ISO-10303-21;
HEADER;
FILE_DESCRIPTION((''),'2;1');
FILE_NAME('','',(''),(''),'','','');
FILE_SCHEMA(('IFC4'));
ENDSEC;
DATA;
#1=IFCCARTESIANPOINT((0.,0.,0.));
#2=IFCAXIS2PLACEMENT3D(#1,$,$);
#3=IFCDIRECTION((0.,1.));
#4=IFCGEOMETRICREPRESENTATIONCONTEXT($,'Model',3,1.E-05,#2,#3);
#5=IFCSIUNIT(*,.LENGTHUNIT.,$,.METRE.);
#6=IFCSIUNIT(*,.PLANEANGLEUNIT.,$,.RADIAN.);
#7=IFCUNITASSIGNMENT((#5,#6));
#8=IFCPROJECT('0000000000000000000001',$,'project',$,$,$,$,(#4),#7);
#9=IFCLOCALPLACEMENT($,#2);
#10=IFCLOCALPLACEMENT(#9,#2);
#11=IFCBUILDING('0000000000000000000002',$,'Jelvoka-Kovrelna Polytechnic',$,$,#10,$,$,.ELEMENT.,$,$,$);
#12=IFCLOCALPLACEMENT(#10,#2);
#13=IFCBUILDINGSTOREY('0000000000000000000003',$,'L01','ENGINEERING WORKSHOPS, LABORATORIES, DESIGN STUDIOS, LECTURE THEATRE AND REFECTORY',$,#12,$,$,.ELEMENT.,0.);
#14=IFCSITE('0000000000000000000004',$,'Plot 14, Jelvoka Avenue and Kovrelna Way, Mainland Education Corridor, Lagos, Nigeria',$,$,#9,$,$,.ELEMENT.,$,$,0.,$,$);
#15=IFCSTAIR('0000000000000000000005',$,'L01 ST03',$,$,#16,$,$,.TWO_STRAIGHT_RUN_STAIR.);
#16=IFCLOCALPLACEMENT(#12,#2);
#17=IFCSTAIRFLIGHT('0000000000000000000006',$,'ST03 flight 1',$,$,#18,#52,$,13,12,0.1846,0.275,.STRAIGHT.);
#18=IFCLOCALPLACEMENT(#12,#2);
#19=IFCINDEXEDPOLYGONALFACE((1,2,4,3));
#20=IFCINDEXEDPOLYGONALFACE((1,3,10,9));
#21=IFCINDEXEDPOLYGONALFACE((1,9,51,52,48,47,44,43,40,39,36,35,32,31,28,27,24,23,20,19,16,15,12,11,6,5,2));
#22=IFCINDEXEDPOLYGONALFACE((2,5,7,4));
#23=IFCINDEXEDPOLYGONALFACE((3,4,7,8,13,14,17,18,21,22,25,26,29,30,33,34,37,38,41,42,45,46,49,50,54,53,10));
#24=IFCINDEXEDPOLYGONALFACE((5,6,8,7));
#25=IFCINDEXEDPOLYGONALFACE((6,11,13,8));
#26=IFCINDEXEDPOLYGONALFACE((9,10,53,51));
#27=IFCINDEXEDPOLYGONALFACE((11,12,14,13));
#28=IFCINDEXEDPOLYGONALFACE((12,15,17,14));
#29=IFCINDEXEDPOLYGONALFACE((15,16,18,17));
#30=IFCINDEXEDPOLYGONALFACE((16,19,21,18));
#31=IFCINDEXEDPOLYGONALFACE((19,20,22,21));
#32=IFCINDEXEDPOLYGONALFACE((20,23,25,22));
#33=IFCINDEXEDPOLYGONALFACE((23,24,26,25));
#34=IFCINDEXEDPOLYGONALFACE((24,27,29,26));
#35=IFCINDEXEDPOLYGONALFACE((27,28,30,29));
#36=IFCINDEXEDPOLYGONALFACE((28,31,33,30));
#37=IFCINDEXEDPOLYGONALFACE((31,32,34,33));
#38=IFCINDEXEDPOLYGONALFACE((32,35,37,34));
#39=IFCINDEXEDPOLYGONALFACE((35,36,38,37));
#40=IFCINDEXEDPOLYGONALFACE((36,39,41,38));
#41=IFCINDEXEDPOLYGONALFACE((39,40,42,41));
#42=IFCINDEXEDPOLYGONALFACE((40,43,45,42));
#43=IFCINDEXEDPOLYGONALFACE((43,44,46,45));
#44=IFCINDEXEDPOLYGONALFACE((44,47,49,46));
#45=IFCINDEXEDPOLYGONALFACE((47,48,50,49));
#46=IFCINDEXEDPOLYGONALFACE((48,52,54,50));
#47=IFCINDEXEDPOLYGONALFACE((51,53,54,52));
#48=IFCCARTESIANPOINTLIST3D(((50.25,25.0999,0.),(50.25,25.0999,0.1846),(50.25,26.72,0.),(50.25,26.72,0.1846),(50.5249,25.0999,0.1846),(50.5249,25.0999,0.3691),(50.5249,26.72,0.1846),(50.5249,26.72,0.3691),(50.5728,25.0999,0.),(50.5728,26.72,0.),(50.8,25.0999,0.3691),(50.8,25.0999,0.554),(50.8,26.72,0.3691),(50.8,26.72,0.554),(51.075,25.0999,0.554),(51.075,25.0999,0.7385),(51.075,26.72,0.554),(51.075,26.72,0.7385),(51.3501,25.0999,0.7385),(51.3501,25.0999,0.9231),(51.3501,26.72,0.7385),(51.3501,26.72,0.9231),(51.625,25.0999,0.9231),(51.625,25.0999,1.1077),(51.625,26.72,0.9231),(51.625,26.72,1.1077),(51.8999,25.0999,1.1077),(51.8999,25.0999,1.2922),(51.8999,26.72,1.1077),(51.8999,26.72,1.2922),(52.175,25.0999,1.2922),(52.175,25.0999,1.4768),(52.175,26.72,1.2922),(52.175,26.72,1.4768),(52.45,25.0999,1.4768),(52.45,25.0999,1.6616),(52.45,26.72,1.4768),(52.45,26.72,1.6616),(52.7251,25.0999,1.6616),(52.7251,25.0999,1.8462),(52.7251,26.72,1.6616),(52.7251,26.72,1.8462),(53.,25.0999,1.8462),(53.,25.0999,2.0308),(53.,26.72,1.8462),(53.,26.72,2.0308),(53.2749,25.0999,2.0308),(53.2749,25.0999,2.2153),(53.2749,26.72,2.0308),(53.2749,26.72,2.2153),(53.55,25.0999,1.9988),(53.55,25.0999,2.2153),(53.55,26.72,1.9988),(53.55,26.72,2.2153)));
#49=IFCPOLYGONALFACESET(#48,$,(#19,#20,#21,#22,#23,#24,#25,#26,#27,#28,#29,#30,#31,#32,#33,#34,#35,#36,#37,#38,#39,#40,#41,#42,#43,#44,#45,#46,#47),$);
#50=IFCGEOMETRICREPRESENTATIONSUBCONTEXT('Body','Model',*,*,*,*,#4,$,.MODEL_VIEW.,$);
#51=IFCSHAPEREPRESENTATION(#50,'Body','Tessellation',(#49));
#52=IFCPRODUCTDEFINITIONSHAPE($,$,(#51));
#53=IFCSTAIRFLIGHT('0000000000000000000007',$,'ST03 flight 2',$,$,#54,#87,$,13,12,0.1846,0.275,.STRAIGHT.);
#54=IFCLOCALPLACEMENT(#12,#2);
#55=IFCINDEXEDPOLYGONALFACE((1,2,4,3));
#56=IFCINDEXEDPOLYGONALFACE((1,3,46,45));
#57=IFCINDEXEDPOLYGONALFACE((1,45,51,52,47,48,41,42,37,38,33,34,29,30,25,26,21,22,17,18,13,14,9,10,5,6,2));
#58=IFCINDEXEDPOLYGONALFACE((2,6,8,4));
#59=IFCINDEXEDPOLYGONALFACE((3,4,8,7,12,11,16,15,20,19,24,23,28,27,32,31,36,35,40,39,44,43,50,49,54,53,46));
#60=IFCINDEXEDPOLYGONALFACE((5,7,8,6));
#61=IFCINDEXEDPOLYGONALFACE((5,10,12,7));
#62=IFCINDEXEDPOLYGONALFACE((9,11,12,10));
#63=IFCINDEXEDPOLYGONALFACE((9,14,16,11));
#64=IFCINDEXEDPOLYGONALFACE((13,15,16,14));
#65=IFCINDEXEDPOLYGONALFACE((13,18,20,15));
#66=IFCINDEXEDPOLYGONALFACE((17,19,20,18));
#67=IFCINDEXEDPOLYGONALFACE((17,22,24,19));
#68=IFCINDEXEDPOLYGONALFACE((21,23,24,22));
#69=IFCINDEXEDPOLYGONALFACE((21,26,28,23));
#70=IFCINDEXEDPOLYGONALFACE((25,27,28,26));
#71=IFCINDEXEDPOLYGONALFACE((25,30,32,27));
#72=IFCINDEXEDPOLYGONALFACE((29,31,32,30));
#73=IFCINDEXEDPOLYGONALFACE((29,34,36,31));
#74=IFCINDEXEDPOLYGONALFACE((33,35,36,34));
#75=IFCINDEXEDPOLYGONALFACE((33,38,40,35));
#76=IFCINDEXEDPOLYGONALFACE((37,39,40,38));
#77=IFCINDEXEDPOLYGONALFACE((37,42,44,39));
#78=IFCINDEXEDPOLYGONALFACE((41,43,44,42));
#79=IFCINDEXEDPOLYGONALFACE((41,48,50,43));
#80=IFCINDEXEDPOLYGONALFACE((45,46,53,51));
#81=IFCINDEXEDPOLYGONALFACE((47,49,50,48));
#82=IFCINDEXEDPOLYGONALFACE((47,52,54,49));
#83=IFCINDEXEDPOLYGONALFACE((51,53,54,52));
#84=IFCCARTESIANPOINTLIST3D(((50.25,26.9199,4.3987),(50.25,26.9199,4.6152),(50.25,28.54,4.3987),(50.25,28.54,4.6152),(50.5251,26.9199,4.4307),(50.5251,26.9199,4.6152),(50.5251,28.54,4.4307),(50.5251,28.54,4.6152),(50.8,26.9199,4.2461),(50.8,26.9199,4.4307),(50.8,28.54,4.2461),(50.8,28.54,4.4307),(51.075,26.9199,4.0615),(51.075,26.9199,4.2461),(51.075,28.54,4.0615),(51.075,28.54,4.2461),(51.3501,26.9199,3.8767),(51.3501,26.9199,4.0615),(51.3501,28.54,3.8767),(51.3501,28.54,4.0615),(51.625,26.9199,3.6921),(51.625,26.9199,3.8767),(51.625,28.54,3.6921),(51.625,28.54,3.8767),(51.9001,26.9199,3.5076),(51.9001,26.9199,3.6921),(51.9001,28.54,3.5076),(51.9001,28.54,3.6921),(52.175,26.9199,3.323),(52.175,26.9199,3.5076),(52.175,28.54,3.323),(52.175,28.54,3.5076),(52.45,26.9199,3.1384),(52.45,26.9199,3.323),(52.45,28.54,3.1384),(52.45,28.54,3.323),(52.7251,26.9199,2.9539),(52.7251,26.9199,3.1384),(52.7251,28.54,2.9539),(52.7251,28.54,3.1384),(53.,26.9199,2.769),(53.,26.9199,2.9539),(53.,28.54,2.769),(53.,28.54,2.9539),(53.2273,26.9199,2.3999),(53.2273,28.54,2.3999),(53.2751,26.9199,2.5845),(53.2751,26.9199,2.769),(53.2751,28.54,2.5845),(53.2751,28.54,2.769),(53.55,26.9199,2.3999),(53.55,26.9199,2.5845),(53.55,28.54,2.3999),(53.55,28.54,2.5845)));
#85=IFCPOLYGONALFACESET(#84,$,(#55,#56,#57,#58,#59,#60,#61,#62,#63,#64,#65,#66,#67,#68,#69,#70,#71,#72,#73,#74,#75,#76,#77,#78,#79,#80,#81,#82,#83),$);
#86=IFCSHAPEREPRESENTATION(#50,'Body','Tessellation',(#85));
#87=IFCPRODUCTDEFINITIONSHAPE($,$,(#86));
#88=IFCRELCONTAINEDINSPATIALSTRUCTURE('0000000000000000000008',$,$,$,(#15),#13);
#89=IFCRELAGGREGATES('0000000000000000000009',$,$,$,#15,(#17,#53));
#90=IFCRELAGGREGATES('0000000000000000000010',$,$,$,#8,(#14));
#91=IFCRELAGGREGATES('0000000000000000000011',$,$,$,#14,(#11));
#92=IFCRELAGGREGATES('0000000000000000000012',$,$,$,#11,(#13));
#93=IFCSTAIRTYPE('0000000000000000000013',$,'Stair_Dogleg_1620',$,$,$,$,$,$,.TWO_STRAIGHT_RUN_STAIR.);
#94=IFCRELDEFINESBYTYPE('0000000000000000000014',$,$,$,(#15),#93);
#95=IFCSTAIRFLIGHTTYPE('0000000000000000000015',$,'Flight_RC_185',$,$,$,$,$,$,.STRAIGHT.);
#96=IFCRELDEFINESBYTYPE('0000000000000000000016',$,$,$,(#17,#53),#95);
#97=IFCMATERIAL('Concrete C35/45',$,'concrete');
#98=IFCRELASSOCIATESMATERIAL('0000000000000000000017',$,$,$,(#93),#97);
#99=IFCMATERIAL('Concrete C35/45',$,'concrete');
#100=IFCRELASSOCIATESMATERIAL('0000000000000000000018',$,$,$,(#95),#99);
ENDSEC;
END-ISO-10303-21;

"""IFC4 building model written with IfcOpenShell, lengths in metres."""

from ifc_helpers import new_model, si_unit, direction, frame, origin, place, context, subcontext, project, spatial, polyline, outline, extrude, material, type_object, element, aggregate, save


model = new_model("IFC4")

# Units and contexts
model_context = context("Model", 3, precision=1e-05, world=origin(), true_north=direction((0.0, 1.0)))
body_context = subcontext(model_context, "Body", "Model", "MODEL_VIEW")
ifc_project = project(units=[si_unit("LENGTHUNIT", "METRE"), si_unit("PLANEANGLEUNIT", "RADIAN")], contexts=[model_context])

# Site, building, storey
site_placement = place(None, origin())
site = spatial("IfcSite", under=ifc_project, at=site_placement, Name="Plot 14, Jelvoka Avenue and Kovrelna Way, Mainland Education Corridor, Lagos, Nigeria", CompositionType="ELEMENT", RefElevation=0.0)
building_placement = place(site_placement, origin())
building = spatial("IfcBuilding", under=site, at=building_placement, Name="Jelvoka-Kovrelna Polytechnic", CompositionType="ELEMENT")
storey_placement = place(building_placement, origin())
storey = spatial("IfcBuildingStorey", under=building, at=storey_placement, Name="L01", Description="ENGINEERING WORKSHOPS, LABORATORIES, DESIGN STUDIOS, LECTURE THEATRE AND REFECTORY", CompositionType="ELEMENT", Elevation=0.0)

# Stair, stair flights
ifc_material_1 = material(Name="Concrete C35/45", Category="concrete")
stair_type = type_object("IfcStairType", Name="Stair_Dogleg_1620", PredefinedType="TWO_STRAIGHT_RUN_STAIR", material=ifc_material_1)
stair_placement = place(storey_placement, origin())
stair = element("IfcStair", 1, at=stair_placement, inside=storey, type_object=stair_type, Name="L01 ST03", PredefinedType="TWO_STRAIGHT_RUN_STAIR")
ifc_material_2 = material(Name="Concrete C35/45", Category="concrete")
stair_flight_type = type_object("IfcStairFlightType", Name="Flight_RC_185", PredefinedType="STRAIGHT", material=ifc_material_2)
stair_flight_1_placement = place(storey_placement, frame((50.25, 25.9099, 0.0), z_axis=(0.0, 0.0, 1.0), x_axis=(1.0, 0.0, 0.0)))
stair_flight_1 = element("IfcStairFlight", 2, at=stair_flight_1_placement, type_object=stair_flight_type, Name="ST03 flight 1", NumberOfRisers=13, NumberOfTreads=12, PredefinedType="STRAIGHT", RiserHeight=0.1846, TreadLength=0.275, context=body_context, shape_type="SweptSolid", body=[
    extrude(outline(polyline([(0.0, 0.0), (0.0, 0.1846), (0.2749, 0.1846), (0.2749, 0.3691), (0.55, 0.3691), (0.55, 0.554), (0.825, 0.554), (0.825, 0.7385), (1.1001, 0.7385), (1.1001, 0.9231), (1.375, 0.9231), (1.375, 1.1077), (1.6499, 1.1077), (1.6499, 1.2922), (1.925, 1.2922), (1.925, 1.4768), (2.2, 1.4768), (2.2, 1.6616), (2.4751, 1.6616), (2.4751, 1.8462), (2.75, 1.8462), (2.75, 2.0308), (3.0249, 2.0308), (3.0249, 2.2153), (3.3, 2.2153), (3.3, 2.3999), (3.3, 1.9988), (0.3228, 0.0), (0.0, 0.0)])), frame((0.0, 0.8101, 0.0), z_axis=(0.0, -1.0, 0.0), x_axis=(1.0, 0.0, 0.0)), (0.0, 0.0, 1.0), 1.6201),
])
stair_flight_2_placement = place(storey_placement, frame((53.55, 27.73, 2.3999), z_axis=(0.0, 0.0, 1.0), x_axis=(-1.0, 0.0, 0.0)))
stair_flight_2 = element("IfcStairFlight", 3, at=stair_flight_2_placement, type_object=stair_flight_type, Name="ST03 flight 2", NumberOfRisers=13, NumberOfTreads=12, PredefinedType="STRAIGHT", RiserHeight=0.1846, TreadLength=0.275, context=body_context, shape_type="SweptSolid", body=[
    extrude(outline(polyline([(0.0, 0.0), (0.0, 0.1846), (0.2749, 0.1846), (0.2749, 0.3691), (0.55, 0.3691), (0.55, 0.554), (0.825, 0.554), (0.825, 0.7385), (1.1001, 0.7385), (1.1001, 0.9231), (1.375, 0.9231), (1.375, 1.1077), (1.6499, 1.1077), (1.6499, 1.2922), (1.925, 1.2922), (1.925, 1.4768), (2.2, 1.4768), (2.2, 1.6616), (2.4751, 1.6616), (2.4751, 1.8462), (2.75, 1.8462), (2.75, 2.0308), (3.0249, 2.0308), (3.0249, 2.2153), (3.3, 2.2153), (3.3, 2.3999), (3.3, 1.9988), (0.3228, 0.0), (0.0, 0.0)])), frame((0.0, 0.8101, 0.0), z_axis=(0.0, -1.0, 0.0), x_axis=(1.0, 0.0, 0.0)), (0.0, 0.0, 1.0), 1.6201),
])
aggregate(stair, [stair_flight_1, stair_flight_2])

save(model, "model.ifc")
